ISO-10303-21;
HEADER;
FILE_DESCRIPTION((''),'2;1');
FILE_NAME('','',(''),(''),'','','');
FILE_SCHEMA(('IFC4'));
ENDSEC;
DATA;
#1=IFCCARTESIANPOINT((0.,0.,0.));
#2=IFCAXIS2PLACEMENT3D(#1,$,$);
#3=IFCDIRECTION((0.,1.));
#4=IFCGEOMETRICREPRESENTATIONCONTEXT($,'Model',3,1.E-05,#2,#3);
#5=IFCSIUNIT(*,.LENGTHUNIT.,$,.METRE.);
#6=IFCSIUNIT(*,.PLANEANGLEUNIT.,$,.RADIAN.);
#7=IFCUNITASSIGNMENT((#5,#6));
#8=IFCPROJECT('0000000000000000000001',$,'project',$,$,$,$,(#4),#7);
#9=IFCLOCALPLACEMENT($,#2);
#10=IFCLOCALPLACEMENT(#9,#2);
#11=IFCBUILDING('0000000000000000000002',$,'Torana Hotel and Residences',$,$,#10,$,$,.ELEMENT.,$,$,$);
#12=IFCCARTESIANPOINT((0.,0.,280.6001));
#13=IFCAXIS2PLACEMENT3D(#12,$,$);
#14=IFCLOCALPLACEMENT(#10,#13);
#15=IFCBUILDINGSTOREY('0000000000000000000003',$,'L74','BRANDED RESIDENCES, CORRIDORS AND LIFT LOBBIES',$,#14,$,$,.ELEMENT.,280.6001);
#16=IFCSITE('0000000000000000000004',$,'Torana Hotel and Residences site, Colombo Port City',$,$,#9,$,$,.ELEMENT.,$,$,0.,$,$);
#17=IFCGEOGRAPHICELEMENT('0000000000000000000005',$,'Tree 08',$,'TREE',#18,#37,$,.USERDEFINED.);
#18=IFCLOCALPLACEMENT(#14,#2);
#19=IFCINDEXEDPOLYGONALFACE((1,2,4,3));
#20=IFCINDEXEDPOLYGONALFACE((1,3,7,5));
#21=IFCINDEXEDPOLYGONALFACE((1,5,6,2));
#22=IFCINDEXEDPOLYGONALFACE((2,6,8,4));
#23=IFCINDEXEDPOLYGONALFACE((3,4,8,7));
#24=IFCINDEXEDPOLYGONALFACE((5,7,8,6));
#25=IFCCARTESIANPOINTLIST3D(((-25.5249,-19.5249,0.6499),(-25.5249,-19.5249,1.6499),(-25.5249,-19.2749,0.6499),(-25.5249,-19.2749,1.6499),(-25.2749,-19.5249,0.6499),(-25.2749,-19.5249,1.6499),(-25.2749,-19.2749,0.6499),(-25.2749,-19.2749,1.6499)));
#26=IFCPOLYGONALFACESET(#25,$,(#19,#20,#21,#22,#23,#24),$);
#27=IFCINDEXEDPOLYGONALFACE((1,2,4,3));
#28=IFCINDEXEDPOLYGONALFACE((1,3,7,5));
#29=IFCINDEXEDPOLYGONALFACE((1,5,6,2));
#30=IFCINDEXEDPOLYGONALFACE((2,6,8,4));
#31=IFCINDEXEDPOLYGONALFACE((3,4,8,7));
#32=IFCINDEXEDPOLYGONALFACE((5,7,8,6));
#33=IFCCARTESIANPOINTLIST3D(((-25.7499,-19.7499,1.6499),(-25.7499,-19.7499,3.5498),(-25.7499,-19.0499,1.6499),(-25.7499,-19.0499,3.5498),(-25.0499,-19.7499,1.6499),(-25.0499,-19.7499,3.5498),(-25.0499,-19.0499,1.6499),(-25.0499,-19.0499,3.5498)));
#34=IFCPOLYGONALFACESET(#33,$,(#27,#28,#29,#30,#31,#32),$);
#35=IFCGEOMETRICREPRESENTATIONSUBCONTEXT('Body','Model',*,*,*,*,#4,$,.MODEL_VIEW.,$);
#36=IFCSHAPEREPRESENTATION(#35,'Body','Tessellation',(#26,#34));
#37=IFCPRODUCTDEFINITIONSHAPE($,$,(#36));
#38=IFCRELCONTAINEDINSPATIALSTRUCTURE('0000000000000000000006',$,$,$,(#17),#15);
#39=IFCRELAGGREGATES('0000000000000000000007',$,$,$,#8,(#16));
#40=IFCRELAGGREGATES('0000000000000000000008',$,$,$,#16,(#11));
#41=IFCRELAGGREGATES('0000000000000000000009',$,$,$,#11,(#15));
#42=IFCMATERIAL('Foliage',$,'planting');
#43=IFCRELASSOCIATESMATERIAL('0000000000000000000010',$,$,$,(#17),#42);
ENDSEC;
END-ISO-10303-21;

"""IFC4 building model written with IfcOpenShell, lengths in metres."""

from ifc_helpers import new_model, si_unit, direction, frame, origin, origin_2d, place, context, subcontext, project, spatial, rectangle, extrude, material, element, save


model = new_model("IFC4")

# Units and contexts
model_context = context("Model", 3, precision=1e-05, world=origin(), true_north=direction((0.0, 1.0)))
body_context = subcontext(model_context, "Body", "Model", "MODEL_VIEW")
ifc_project = project(units=[si_unit("LENGTHUNIT", "METRE"), si_unit("PLANEANGLEUNIT", "RADIAN")], contexts=[model_context])

# Site, building, storey
site_placement = place(None, origin())
site = spatial("IfcSite", under=ifc_project, at=site_placement, Name="Torana Hotel and Residences site, Colombo Port City", CompositionType="ELEMENT", RefElevation=0.0)
building_placement = place(site_placement, origin())
building = spatial("IfcBuilding", under=site, at=building_placement, Name="Torana Hotel and Residences", CompositionType="ELEMENT")
storey_placement = place(building_placement, frame((0.0, 0.0, 280.6001)))
storey = spatial("IfcBuildingStorey", under=building, at=storey_placement, Name="L74", Description="BRANDED RESIDENCES, CORRIDORS AND LIFT LOBBIES", CompositionType="ELEMENT", Elevation=280.6001)

# Geographic element
ifc_material_1 = material(Name="Foliage", Category="planting")
geographic_element_placement = place(storey_placement, frame((-25.3999, -19.3999, 0.6499), z_axis=(0.0, 0.0, 1.0), x_axis=(1.0, 0.0, 0.0)))
element("IfcGeographicElement", 1, at=geographic_element_placement, inside=storey, material=ifc_material_1, Name="Tree 08", ObjectType="TREE", PredefinedType="USERDEFINED", context=body_context, shape_type="SweptSolid", body=[
    extrude(rectangle(XDim=0.25, YDim=0.25, at=origin_2d()), origin(), (0.0, 0.0, 1.0), 1.0),
    extrude(rectangle(XDim=0.7, YDim=0.7, at=origin_2d()), frame((0.0, 0.0, 1.0)), (0.0, 0.0, 1.0), 1.8999),
])

save(model, "model.ifc")
